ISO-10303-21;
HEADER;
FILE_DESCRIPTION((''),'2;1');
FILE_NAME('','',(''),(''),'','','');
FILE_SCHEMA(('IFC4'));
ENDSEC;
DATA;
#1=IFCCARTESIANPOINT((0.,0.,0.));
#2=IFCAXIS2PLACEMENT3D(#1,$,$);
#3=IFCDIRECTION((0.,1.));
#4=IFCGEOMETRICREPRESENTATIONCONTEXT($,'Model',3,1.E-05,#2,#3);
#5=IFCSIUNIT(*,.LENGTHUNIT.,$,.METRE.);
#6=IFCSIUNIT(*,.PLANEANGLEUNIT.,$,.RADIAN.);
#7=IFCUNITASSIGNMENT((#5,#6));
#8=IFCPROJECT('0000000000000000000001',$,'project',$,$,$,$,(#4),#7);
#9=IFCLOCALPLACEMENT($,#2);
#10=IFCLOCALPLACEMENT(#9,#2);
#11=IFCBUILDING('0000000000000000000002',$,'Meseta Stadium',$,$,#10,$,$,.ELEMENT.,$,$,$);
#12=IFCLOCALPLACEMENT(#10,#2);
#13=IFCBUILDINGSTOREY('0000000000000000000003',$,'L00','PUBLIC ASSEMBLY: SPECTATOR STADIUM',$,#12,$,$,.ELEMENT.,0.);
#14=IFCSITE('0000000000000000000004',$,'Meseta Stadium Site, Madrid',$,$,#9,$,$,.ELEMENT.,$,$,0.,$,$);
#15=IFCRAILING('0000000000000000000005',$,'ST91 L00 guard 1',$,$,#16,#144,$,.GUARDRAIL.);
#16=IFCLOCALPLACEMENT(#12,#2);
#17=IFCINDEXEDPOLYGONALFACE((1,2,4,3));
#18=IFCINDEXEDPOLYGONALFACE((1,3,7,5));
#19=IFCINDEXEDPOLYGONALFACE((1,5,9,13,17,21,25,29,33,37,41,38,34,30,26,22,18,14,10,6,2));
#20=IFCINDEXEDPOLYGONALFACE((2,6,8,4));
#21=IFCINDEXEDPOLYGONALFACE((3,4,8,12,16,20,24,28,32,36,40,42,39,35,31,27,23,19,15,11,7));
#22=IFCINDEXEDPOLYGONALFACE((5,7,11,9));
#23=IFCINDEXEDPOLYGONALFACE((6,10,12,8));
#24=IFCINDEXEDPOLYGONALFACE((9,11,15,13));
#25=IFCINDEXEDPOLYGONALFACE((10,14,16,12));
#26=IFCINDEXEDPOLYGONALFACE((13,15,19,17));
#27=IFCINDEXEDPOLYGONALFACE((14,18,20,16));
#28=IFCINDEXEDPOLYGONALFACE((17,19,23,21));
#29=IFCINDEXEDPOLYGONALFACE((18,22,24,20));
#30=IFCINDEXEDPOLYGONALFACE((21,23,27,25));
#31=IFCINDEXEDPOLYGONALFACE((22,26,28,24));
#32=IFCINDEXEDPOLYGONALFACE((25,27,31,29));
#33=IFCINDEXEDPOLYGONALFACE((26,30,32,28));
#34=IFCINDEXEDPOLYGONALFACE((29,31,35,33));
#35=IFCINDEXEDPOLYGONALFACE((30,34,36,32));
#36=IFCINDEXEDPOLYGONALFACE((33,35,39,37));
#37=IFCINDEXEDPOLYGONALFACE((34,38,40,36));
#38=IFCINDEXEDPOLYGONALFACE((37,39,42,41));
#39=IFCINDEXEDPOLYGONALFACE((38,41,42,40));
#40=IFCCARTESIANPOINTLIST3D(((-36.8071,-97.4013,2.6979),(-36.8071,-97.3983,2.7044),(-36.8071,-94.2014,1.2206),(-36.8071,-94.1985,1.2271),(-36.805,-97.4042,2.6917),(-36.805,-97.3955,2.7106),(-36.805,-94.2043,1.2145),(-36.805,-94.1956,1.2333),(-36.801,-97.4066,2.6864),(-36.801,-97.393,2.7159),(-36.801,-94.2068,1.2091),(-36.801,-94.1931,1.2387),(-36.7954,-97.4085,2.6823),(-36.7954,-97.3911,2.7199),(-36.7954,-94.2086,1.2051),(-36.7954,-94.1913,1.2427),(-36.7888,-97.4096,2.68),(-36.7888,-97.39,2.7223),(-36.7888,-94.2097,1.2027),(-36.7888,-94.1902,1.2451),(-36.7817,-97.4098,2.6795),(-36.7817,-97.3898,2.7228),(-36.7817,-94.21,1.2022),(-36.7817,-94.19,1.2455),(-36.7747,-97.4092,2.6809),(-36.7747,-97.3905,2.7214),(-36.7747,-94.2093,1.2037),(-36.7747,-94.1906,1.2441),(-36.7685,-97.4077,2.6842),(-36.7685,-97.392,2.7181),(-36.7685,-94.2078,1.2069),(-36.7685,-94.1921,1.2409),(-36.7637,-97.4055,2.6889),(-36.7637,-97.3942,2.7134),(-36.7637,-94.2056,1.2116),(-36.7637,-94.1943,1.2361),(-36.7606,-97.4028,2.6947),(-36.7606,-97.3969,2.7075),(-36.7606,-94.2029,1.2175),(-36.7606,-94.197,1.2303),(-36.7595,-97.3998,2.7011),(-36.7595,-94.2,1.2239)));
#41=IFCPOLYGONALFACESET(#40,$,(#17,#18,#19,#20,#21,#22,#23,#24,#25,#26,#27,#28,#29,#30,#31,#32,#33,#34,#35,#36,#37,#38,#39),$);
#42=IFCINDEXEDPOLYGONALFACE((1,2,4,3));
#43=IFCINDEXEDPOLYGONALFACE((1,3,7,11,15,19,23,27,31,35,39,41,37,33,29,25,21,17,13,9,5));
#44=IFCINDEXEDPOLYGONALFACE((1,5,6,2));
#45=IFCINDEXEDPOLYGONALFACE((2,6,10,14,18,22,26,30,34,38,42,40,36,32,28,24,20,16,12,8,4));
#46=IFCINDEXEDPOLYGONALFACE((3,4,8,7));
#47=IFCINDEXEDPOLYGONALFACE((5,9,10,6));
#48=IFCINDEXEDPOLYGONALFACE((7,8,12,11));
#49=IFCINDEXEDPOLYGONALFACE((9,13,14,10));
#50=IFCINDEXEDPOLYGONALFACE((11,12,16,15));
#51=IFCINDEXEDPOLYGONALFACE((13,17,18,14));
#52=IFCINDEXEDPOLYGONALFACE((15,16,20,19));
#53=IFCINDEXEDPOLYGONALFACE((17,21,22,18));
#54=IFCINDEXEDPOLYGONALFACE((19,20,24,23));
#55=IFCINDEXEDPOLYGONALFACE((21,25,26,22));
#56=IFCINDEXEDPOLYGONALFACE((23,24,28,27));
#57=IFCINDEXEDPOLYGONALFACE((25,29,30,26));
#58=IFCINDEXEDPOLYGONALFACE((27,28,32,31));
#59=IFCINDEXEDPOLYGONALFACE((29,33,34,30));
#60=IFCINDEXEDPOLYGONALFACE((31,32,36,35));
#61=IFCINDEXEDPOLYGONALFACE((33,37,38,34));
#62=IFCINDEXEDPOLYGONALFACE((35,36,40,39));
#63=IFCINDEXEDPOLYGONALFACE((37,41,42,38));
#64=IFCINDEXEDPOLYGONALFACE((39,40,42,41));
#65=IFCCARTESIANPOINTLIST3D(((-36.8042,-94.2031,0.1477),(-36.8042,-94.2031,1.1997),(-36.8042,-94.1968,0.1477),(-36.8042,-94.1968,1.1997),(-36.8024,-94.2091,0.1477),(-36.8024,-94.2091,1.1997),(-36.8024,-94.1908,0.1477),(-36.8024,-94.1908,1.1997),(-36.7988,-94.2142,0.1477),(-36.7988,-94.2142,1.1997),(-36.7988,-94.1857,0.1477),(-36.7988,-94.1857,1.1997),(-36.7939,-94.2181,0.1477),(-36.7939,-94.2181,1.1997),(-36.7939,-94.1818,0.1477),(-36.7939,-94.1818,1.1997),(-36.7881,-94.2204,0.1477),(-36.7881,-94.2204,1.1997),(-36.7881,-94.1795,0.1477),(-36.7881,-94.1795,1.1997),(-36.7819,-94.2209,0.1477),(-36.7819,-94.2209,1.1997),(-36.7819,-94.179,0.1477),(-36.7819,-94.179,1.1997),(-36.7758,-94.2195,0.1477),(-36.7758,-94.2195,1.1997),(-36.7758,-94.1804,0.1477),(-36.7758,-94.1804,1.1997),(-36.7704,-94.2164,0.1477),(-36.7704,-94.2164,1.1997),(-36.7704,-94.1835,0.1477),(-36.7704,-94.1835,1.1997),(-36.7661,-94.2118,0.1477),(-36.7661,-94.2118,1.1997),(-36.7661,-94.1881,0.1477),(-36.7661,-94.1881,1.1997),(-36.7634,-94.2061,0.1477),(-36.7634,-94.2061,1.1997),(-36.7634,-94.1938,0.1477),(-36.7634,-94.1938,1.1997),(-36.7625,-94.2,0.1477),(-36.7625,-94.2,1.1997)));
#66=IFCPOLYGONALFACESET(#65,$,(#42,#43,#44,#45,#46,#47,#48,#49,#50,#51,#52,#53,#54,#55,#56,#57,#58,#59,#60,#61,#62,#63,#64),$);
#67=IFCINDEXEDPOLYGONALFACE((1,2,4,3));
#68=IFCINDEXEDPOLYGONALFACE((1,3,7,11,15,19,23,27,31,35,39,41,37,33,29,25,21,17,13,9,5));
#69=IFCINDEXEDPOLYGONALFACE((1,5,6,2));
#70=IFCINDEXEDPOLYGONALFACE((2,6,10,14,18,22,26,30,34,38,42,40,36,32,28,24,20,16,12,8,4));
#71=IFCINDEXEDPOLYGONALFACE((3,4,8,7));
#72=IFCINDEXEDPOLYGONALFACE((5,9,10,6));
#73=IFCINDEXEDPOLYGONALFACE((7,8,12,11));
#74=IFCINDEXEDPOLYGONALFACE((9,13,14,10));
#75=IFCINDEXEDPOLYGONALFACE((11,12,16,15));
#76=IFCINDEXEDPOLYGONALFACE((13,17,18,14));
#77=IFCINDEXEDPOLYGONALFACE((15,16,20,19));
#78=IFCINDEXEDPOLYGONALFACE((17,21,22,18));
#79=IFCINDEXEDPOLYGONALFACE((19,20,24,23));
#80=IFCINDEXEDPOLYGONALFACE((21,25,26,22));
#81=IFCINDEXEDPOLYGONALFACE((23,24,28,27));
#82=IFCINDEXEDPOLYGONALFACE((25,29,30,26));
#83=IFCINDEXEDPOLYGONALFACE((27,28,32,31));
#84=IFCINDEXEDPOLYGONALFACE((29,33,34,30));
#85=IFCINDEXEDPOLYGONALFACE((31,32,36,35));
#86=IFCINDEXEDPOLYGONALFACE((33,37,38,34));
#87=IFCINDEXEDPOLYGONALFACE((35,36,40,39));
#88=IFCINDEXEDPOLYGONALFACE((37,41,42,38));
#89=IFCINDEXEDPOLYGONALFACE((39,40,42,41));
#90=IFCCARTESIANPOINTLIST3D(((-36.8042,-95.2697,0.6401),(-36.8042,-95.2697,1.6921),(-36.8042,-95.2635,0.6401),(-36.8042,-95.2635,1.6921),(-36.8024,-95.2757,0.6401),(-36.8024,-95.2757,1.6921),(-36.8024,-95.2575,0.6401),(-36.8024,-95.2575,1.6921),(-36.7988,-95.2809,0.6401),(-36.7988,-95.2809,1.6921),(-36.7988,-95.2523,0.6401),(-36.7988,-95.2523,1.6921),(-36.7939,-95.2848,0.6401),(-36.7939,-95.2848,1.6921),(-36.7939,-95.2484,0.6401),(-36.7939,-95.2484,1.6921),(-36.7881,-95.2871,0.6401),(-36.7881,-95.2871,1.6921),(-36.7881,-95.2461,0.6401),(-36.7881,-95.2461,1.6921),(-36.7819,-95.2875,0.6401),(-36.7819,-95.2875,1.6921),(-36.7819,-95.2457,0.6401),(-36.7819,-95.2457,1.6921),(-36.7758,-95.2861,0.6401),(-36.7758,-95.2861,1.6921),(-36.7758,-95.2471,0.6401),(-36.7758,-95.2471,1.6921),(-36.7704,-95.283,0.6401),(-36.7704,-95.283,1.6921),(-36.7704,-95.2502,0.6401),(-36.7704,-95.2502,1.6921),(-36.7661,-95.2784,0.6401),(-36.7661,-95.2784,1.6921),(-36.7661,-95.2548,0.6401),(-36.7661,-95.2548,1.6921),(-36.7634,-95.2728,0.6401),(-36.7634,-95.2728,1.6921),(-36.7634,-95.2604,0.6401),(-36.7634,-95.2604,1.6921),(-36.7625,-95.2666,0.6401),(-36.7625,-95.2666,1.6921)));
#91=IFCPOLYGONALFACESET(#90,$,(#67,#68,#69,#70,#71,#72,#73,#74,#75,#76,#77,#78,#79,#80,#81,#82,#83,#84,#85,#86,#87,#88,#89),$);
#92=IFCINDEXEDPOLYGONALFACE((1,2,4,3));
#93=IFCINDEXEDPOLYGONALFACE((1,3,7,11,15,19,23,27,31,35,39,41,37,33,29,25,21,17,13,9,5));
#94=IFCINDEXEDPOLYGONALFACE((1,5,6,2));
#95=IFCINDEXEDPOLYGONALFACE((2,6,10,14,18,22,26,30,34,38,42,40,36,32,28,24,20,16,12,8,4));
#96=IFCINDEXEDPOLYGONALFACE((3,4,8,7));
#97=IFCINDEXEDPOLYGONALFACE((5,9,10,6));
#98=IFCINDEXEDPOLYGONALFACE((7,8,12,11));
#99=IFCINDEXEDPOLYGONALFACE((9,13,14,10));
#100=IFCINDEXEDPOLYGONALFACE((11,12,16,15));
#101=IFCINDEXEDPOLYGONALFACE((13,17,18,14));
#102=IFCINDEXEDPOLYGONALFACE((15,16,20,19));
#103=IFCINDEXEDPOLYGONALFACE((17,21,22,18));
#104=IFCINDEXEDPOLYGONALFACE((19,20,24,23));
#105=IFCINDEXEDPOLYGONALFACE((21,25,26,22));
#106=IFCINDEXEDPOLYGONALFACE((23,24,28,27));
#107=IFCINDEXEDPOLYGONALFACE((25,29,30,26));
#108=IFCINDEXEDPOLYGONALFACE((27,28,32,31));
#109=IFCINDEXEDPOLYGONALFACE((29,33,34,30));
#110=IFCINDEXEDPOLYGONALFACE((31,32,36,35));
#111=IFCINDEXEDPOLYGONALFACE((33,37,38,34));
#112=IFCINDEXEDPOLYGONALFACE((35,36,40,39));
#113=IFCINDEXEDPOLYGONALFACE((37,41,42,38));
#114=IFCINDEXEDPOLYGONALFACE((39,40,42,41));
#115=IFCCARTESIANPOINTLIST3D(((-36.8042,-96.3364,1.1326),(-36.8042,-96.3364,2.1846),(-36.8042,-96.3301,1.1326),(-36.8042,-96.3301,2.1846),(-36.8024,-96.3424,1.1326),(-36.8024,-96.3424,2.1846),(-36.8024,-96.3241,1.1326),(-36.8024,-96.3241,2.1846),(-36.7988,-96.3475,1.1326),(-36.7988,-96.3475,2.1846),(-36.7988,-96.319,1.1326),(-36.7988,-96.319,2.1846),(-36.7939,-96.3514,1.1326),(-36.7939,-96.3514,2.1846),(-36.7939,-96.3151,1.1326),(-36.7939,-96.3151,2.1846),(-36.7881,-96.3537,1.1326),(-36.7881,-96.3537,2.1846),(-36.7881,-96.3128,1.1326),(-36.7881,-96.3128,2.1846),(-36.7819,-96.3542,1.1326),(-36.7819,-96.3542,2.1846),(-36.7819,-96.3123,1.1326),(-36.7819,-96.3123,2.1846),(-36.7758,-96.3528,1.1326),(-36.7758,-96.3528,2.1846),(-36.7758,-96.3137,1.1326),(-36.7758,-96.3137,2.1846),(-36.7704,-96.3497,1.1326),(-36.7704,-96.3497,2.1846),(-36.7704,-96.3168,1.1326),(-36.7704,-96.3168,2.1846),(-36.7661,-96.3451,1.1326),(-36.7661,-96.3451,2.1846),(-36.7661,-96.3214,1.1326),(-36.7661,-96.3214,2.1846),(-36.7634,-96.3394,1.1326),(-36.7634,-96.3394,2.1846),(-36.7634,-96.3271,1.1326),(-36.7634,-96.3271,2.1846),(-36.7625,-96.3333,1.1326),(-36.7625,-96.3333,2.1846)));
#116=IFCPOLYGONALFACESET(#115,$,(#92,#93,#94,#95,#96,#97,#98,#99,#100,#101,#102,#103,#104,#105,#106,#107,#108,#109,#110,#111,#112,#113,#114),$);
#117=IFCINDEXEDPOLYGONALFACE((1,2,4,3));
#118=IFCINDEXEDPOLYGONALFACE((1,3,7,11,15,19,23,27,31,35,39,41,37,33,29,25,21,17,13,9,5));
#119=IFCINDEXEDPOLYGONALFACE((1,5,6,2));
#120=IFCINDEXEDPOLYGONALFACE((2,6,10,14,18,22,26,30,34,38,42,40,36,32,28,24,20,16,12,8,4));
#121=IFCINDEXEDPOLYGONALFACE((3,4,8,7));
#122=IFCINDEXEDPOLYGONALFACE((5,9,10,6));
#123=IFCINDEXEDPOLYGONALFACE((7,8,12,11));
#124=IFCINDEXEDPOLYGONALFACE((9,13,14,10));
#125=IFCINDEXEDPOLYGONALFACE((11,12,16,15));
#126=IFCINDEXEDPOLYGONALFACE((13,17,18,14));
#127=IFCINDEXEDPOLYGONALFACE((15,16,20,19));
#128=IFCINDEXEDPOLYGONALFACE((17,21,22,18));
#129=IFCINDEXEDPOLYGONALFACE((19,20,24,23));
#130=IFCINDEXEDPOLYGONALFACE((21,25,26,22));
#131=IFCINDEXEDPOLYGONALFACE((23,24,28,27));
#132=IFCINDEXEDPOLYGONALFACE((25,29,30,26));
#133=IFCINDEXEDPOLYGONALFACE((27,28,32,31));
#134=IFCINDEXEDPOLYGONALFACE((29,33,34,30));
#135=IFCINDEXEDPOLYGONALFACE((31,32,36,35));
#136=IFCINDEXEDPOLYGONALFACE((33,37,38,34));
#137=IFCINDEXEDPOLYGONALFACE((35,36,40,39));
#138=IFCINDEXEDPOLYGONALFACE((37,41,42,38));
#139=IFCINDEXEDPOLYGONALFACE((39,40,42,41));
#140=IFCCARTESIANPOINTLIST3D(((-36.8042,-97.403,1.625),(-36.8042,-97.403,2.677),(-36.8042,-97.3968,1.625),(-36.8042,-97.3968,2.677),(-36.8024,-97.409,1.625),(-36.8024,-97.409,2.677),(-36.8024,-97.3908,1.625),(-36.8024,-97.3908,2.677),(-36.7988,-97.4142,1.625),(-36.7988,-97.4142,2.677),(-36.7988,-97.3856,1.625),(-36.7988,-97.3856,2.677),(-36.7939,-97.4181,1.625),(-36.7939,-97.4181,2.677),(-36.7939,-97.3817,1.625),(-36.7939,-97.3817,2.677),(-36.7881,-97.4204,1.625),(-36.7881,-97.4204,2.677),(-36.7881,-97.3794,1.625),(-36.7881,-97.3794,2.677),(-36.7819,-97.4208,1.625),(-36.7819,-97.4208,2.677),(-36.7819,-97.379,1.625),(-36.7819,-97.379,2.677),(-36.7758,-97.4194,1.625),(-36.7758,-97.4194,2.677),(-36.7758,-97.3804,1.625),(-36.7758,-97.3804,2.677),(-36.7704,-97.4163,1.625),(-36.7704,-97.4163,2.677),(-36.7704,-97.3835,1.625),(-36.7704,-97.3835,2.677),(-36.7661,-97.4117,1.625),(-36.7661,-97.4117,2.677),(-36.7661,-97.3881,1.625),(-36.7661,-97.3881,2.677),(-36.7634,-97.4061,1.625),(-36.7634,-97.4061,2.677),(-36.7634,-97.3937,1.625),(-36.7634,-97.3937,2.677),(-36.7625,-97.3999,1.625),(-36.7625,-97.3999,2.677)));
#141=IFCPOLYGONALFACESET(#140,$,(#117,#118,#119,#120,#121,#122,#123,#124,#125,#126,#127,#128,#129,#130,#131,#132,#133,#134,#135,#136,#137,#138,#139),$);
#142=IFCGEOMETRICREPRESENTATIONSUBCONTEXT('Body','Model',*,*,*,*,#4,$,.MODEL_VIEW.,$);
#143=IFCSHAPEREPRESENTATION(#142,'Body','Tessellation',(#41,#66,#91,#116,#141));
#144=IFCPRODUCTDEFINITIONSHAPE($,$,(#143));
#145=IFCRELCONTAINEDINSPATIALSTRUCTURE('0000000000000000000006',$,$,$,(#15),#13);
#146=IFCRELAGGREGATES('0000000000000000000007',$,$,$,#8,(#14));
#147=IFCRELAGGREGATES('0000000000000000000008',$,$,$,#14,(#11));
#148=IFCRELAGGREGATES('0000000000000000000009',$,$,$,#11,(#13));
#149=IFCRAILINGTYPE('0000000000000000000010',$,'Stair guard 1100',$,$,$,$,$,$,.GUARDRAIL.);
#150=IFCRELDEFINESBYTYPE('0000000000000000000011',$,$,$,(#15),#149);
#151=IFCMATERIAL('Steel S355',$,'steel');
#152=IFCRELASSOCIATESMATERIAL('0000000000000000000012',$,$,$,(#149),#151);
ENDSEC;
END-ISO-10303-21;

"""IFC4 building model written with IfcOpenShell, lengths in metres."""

from ifc_helpers import new_model, si_unit, direction, frame, origin, origin_2d, place, context, subcontext, project, spatial, circle, extrude, material, type_object, element, save


model = new_model("IFC4")

# Units and contexts
model_context = context("Model", 3, precision=1e-05, world=origin(), true_north=direction((0.0, 1.0)))
body_context = subcontext(model_context, "Body", "Model", "MODEL_VIEW")
ifc_project = project(units=[si_unit("LENGTHUNIT", "METRE"), si_unit("PLANEANGLEUNIT", "RADIAN")], contexts=[model_context])

# Site, building, storey
site_placement = place(None, origin())
site = spatial("IfcSite", under=ifc_project, at=site_placement, Name="Meseta Stadium Site, Madrid", CompositionType="ELEMENT", RefElevation=0.0)
building_placement = place(site_placement, origin())
building = spatial("IfcBuilding", under=site, at=building_placement, Name="Meseta Stadium", CompositionType="ELEMENT")
storey_placement = place(building_placement, origin())
storey = spatial("IfcBuildingStorey", under=building, at=storey_placement, Name="L00", Description="PUBLIC ASSEMBLY: SPECTATOR STADIUM", CompositionType="ELEMENT", Elevation=0.0)

# Railing
ifc_material_1 = material(Name="Steel S355", Category="steel")
railing_type_1 = type_object("IfcRailingType", Name="Stair guard 1100", PredefinedType="GUARDRAIL", material=ifc_material_1)
railing_1_placement = place(storey_placement, frame((-36.7834, -94.2, 0.1477)))
element("IfcRailing", 1, at=railing_1_placement, inside=storey, type_object=railing_type_1, Name="ST91 L00 guard 1", PredefinedType="GUARDRAIL", context=body_context, shape_type="SweptSolid", body=[
    extrude(circle(Radius=0.0239, at=origin_2d()), frame((0.0, 0.0, 1.0762), z_axis=(0.0, -0.907917, 0.41915), x_axis=(1.0, 0.0, 0.0)), (0.0, 0.0, 1.0), 3.5244),
    extrude(circle(Radius=0.021, at=origin_2d()), origin(), (0.0, 0.0, 1.0), 1.052),
    extrude(circle(Radius=0.021, at=origin_2d()), frame((0.0, -1.0667, 0.4924)), (0.0, 0.0, 1.0), 1.052),
    extrude(circle(Radius=0.021, at=origin_2d()), frame((0.0, -2.1333, 0.9849)), (0.0, 0.0, 1.0), 1.052),
    extrude(circle(Radius=0.021, at=origin_2d()), frame((0.0, -3.2, 1.4773)), (0.0, 0.0, 1.0), 1.052),
])

save(model, "model.ifc")
